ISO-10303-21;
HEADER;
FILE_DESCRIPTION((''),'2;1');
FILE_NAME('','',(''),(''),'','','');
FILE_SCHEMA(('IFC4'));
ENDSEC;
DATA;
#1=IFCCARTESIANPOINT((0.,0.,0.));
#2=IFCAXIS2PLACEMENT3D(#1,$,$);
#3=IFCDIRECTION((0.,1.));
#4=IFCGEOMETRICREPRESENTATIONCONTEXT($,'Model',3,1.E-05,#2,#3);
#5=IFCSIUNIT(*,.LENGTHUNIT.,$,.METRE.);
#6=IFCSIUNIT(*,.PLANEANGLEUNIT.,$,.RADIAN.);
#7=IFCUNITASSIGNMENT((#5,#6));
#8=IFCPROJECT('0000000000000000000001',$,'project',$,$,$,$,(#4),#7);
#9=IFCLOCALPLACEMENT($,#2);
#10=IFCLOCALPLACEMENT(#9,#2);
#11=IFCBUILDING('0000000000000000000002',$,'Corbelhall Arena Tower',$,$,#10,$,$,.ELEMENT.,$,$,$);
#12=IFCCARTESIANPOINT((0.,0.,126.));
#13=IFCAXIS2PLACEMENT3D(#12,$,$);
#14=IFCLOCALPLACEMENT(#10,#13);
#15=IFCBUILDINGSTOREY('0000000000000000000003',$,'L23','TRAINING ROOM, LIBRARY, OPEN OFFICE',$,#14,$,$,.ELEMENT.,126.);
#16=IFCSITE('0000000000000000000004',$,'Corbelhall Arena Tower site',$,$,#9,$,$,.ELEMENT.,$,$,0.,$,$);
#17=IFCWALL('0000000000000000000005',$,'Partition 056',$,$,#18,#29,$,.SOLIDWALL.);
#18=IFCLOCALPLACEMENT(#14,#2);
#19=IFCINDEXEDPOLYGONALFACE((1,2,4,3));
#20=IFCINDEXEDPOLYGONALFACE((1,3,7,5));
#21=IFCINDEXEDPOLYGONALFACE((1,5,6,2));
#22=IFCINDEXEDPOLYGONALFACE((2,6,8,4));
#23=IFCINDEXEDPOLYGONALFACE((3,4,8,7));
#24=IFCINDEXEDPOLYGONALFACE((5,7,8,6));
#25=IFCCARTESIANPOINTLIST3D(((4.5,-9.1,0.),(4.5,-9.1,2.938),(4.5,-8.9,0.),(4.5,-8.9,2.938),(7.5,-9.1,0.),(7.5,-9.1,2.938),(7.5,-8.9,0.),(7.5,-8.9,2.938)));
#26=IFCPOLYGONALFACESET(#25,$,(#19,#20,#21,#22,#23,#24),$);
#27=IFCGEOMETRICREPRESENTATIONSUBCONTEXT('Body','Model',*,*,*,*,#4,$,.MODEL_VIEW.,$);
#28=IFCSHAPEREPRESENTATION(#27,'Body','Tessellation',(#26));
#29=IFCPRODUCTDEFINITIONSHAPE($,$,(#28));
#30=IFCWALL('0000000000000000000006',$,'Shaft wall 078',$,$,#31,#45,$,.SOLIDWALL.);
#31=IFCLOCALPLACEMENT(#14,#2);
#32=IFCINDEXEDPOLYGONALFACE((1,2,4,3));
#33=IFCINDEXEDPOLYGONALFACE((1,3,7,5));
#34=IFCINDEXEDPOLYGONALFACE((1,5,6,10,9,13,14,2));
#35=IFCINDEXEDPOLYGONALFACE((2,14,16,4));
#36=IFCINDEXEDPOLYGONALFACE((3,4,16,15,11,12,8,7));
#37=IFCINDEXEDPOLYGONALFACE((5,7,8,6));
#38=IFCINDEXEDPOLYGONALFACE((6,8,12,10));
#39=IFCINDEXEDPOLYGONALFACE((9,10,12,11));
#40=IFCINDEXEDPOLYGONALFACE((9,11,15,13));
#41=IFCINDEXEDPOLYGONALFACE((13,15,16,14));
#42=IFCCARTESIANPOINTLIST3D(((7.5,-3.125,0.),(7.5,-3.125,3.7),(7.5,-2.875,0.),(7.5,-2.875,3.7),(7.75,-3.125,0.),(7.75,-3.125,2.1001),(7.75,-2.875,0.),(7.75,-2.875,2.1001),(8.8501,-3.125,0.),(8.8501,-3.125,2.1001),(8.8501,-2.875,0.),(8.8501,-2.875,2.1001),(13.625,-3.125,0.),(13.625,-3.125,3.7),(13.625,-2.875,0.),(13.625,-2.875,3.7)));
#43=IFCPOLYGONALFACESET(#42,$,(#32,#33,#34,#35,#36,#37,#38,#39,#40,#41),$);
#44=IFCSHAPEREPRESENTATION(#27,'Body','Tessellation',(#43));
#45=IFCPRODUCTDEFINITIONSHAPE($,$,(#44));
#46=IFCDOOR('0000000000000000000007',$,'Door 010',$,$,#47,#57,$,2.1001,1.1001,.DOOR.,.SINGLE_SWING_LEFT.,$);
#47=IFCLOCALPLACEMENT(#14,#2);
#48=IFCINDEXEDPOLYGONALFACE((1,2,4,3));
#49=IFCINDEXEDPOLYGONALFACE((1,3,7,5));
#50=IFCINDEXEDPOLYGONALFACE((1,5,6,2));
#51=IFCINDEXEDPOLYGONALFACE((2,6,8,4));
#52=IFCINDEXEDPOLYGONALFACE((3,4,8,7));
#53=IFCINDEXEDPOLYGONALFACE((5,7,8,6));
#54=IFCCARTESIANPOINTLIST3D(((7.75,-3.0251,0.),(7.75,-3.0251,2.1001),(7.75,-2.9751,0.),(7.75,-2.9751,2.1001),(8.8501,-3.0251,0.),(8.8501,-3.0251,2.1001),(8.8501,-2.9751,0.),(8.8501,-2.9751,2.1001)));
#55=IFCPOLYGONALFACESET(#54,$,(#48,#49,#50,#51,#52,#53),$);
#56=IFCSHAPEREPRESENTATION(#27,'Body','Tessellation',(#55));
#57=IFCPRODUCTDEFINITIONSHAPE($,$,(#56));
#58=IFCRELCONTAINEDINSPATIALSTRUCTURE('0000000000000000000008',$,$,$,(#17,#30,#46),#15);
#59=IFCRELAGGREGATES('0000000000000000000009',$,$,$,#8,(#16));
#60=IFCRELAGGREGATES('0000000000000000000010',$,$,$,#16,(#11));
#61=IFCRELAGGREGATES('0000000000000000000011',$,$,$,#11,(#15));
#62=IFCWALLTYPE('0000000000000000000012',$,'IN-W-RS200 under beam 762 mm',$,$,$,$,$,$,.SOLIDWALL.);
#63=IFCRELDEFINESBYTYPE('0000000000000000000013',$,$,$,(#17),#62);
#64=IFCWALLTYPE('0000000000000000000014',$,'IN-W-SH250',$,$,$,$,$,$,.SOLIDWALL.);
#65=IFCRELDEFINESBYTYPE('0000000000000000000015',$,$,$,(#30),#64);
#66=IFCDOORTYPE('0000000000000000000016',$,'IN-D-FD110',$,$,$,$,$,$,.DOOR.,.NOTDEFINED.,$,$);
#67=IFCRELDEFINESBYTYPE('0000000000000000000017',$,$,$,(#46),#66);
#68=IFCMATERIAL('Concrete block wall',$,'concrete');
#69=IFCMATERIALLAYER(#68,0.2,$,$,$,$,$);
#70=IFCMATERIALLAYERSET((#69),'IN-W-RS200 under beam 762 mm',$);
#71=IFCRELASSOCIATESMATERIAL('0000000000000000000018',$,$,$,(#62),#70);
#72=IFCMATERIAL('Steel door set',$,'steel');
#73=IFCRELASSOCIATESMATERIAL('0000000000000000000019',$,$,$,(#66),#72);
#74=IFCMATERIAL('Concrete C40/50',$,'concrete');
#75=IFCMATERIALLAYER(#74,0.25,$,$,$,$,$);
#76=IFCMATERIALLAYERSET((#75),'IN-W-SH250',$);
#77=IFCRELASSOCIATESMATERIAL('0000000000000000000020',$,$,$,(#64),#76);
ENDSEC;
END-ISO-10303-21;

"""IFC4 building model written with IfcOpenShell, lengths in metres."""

from ifc_helpers import new_model, si_unit, direction, frame, frame_2d, origin, place, context, subcontext, project, spatial, rectangle, extrude, material, layer, layer_set, type_object, element, fill, save


model = new_model("IFC4")

# Units and contexts
model_context = context("Model", 3, precision=1e-05, world=origin(), true_north=direction((0.0, 1.0)))
body_context = subcontext(model_context, "Body", "Model", "MODEL_VIEW")
ifc_project = project(units=[si_unit("LENGTHUNIT", "METRE"), si_unit("PLANEANGLEUNIT", "RADIAN")], contexts=[model_context])

# Site, building, storey
site_placement = place(None, origin())
site = spatial("IfcSite", under=ifc_project, at=site_placement, Name="Corbelhall Arena Tower site", CompositionType="ELEMENT", RefElevation=0.0)
building_placement = place(site_placement, origin())
building = spatial("IfcBuilding", under=site, at=building_placement, Name="Corbelhall Arena Tower", CompositionType="ELEMENT")
storey_placement = place(building_placement, frame((0.0, 0.0, 126.0)))
storey = spatial("IfcBuildingStorey", under=building, at=storey_placement, Name="L23", Description="TRAINING ROOM, LIBRARY, OPEN OFFICE", CompositionType="ELEMENT", Elevation=126.0)

# Shared definitions
ifc_material_1 = material(Name="Concrete C40/50", Category="concrete")

# Shared definitions
ifc_material_2 = material(Name="Concrete block wall", Category="concrete")

# Shared definitions
ifc_layer_1 = layer(ifc_material_2, 0.2)
ifc_layer_set_1 = layer_set([ifc_layer_1], Name="IN-W-RS200 under beam 762 mm")
wall_type_1 = type_object("IfcWallType", Name="IN-W-RS200 under beam 762 mm", PredefinedType="SOLIDWALL", material=ifc_layer_set_1)
ifc_material_3 = material(Name="Steel door set", Category="steel")
door_type_1 = type_object("IfcDoorType", Name="IN-D-FD110", OperationType="NOTDEFINED", PredefinedType="DOOR", material=ifc_material_3)

# Wall
wall_1_placement = place(storey_placement, frame((7.5, -9.0, 0.0), z_axis=(0.0, 0.0, 1.0), x_axis=(-1.0, 0.0, 0.0)))
element("IfcWall", 1, at=wall_1_placement, inside=storey, type_object=wall_type_1, Name="Partition 056", PredefinedType="SOLIDWALL", context=body_context, shape_type="SweptSolid", body=[
    extrude(rectangle(XDim=3.0, YDim=0.2, at=frame_2d((1.5, 0.0))), origin(), (0.0, 0.0, 1.0), 2.938),
])

# Wall, opening, door
ifc_layer_2 = layer(ifc_material_1, 0.25)
ifc_layer_set_2 = layer_set([ifc_layer_2], Name="IN-W-SH250")
wall_type_2 = type_object("IfcWallType", Name="IN-W-SH250", PredefinedType="SOLIDWALL", material=ifc_layer_set_2)
wall_2_placement = place(storey_placement, frame((7.5, -3.0, 0.0), z_axis=(0.0, 0.0, 1.0), x_axis=(1.0, 0.0, 0.0)))
wall_2 = element("IfcWall", 2, at=wall_2_placement, inside=storey, type_object=wall_type_2, Name="Shaft wall 078", PredefinedType="SOLIDWALL", context=body_context, shape_type="SweptSolid", body=[
    extrude(rectangle(XDim=6.125, YDim=0.25, at=frame_2d((3.0625, 0.0))), origin(), (0.0, 0.0, 1.0), 3.7),
])
opening_1_placement = place(wall_2_placement, frame((0.25, 0.0, 0.0)))
opening_1 = element("IfcOpeningElement", 3, at=opening_1_placement, cuts=wall_2, PredefinedType="OPENING", context=body_context, shape_type="SweptSolid", body=[
    extrude(rectangle(XDim=1.1001, YDim=2.1001, at=frame_2d((0.55, 1.05))), frame((0.0, 0.125, 0.0), z_axis=(0.0, -1.0, 0.0), x_axis=(1.0, 0.0, 0.0)), (0.0, 0.0, 1.0), 0.25),
])
door_1_placement = place(opening_1_placement, origin())
door_1 = element("IfcDoor", 4, at=door_1_placement, inside=storey, type_object=door_type_1, Name="Door 010", OperationType="SINGLE_SWING_LEFT", OverallHeight=2.1001, OverallWidth=1.1001, PredefinedType="DOOR", context=body_context, shape_type="SweptSolid", body=[
    extrude(rectangle(XDim=1.1001, YDim=2.1001, at=frame_2d((0.55, 1.05))), frame((0.0, 0.0249, 0.0), z_axis=(0.0, -1.0, 0.0), x_axis=(1.0, 0.0, 0.0)), (0.0, 0.0, 1.0), 0.05),
])
fill(opening_1, door_1)

save(model, "model.ifc")
